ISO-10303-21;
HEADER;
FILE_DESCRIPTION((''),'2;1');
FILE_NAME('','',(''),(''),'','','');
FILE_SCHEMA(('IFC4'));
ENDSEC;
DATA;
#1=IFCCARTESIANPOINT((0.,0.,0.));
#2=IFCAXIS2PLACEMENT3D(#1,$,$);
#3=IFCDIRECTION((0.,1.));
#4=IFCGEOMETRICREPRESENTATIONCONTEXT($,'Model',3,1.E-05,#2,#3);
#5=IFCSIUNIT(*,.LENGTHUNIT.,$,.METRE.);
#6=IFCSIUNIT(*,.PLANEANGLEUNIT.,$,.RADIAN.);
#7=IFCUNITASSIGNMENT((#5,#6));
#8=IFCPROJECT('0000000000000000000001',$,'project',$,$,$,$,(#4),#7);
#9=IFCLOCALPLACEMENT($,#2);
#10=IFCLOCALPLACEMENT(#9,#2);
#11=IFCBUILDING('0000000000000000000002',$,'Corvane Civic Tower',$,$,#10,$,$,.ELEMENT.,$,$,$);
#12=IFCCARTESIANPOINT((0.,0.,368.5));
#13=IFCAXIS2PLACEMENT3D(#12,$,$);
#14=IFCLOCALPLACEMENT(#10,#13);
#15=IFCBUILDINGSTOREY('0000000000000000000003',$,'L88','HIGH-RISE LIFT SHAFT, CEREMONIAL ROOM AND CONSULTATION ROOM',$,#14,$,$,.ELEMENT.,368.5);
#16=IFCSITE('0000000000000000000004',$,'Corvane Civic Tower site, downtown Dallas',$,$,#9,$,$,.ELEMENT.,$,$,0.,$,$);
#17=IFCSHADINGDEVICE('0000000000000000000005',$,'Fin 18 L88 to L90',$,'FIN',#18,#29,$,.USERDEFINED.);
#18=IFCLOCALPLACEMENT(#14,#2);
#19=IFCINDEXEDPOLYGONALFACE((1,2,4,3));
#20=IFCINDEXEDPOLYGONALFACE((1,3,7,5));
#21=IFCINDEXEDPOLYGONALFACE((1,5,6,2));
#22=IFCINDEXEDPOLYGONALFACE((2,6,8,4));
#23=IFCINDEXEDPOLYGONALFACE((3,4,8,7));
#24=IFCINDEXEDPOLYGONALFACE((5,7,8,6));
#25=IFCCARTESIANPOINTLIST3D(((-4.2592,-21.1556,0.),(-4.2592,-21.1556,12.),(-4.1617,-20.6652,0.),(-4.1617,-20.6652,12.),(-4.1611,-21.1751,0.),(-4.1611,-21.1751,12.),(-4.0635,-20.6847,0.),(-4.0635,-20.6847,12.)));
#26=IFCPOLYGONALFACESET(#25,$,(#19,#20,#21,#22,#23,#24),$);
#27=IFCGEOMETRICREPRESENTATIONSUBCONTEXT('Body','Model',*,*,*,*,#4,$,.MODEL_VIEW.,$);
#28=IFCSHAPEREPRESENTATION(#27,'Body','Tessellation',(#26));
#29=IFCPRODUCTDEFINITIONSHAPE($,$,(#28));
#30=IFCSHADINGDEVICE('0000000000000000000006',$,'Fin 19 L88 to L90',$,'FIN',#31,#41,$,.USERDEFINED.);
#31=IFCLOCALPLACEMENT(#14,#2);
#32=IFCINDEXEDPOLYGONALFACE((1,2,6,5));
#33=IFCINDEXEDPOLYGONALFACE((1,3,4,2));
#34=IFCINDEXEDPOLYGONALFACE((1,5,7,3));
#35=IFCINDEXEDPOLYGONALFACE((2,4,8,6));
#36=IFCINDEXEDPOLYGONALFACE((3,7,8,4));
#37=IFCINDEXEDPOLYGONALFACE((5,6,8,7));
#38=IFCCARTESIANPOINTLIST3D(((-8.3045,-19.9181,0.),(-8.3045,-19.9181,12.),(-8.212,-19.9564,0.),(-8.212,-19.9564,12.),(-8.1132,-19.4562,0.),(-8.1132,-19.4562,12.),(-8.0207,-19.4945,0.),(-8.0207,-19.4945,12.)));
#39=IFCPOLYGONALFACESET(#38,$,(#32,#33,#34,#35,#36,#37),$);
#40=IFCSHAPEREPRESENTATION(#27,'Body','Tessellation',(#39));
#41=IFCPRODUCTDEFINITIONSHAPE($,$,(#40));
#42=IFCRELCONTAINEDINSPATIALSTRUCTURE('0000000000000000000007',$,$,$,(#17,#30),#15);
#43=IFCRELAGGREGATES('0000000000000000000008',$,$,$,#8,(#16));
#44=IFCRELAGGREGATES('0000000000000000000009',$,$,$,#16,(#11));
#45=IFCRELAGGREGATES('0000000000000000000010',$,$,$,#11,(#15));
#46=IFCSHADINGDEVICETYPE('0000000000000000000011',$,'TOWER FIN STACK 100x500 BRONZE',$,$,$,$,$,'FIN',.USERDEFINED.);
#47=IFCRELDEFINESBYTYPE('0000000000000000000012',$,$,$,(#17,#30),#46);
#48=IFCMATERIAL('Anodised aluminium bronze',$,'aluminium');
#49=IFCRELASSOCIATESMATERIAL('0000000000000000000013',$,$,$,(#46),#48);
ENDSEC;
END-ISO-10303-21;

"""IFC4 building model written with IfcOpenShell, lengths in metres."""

from ifc_helpers import new_model, si_unit, direction, frame, origin, origin_2d, place, context, subcontext, project, spatial, rectangle, extrude, material, material_profile, profile_set, type_object, element, save


model = new_model("IFC4")

# Units and contexts
model_context = context("Model", 3, precision=1e-05, world=origin(), true_north=direction((0.0, 1.0)))
body_context = subcontext(model_context, "Body", "Model", "MODEL_VIEW")
ifc_project = project(units=[si_unit("LENGTHUNIT", "METRE"), si_unit("PLANEANGLEUNIT", "RADIAN")], contexts=[model_context])

# Site, building, storey
site_placement = place(None, origin())
site = spatial("IfcSite", under=ifc_project, at=site_placement, Name="Corvane Civic Tower site, downtown Dallas", CompositionType="ELEMENT", RefElevation=0.0)
building_placement = place(site_placement, origin())
building = spatial("IfcBuilding", under=site, at=building_placement, Name="Corvane Civic Tower", CompositionType="ELEMENT")
storey_placement = place(building_placement, frame((0.0, 0.0, 368.5)))
storey = spatial("IfcBuildingStorey", under=building, at=storey_placement, Name="L88", Description="HIGH-RISE LIFT SHAFT, CEREMONIAL ROOM AND CONSULTATION ROOM", CompositionType="ELEMENT", Elevation=368.5)

# Shading devices
ifc_material_1 = material(Name="Anodised aluminium bronze", Category="aluminium")
ifc_material_profile_1 = material_profile(ifc_material_1, rectangle(XDim=0.1001, YDim=0.5, at=origin_2d()), Name="TOWER FIN STACK 100x500 BRONZE")
ifc_profile_set_1 = profile_set([ifc_material_profile_1], Name="Anodised aluminium bronze")
shading_device_type = type_object("IfcShadingDeviceType", Name="TOWER FIN STACK 100x500 BRONZE", ElementType="FIN", PredefinedType="USERDEFINED", material=ifc_profile_set_1)
for number, where, z_axis, x_axis, name in (
    (1, (-4.1614, -20.9202, 0.0), (0.0, 0.0, 1.0), (-0.980785, 0.19509, 0.0), "Fin 18 L88 to L90"),
    (2, (-8.1626, -19.7063, 0.0), (0.0, 0.0, 1.0), (-0.92388, 0.382683, 0.0), "Fin 19 L88 to L90"),
):
    element("IfcShadingDevice", number, at=place(storey_placement, frame(where, z_axis=z_axis, x_axis=x_axis)), inside=storey, type_object=shading_device_type, Name=name, ObjectType="FIN", PredefinedType="USERDEFINED", context=body_context, shape_type="SweptSolid", body=[
        extrude(rectangle(XDim=0.1001, YDim=0.5, at=origin_2d()), origin(), (0.0, 0.0, 1.0), 12.0),
    ])

save(model, "model.ifc")
